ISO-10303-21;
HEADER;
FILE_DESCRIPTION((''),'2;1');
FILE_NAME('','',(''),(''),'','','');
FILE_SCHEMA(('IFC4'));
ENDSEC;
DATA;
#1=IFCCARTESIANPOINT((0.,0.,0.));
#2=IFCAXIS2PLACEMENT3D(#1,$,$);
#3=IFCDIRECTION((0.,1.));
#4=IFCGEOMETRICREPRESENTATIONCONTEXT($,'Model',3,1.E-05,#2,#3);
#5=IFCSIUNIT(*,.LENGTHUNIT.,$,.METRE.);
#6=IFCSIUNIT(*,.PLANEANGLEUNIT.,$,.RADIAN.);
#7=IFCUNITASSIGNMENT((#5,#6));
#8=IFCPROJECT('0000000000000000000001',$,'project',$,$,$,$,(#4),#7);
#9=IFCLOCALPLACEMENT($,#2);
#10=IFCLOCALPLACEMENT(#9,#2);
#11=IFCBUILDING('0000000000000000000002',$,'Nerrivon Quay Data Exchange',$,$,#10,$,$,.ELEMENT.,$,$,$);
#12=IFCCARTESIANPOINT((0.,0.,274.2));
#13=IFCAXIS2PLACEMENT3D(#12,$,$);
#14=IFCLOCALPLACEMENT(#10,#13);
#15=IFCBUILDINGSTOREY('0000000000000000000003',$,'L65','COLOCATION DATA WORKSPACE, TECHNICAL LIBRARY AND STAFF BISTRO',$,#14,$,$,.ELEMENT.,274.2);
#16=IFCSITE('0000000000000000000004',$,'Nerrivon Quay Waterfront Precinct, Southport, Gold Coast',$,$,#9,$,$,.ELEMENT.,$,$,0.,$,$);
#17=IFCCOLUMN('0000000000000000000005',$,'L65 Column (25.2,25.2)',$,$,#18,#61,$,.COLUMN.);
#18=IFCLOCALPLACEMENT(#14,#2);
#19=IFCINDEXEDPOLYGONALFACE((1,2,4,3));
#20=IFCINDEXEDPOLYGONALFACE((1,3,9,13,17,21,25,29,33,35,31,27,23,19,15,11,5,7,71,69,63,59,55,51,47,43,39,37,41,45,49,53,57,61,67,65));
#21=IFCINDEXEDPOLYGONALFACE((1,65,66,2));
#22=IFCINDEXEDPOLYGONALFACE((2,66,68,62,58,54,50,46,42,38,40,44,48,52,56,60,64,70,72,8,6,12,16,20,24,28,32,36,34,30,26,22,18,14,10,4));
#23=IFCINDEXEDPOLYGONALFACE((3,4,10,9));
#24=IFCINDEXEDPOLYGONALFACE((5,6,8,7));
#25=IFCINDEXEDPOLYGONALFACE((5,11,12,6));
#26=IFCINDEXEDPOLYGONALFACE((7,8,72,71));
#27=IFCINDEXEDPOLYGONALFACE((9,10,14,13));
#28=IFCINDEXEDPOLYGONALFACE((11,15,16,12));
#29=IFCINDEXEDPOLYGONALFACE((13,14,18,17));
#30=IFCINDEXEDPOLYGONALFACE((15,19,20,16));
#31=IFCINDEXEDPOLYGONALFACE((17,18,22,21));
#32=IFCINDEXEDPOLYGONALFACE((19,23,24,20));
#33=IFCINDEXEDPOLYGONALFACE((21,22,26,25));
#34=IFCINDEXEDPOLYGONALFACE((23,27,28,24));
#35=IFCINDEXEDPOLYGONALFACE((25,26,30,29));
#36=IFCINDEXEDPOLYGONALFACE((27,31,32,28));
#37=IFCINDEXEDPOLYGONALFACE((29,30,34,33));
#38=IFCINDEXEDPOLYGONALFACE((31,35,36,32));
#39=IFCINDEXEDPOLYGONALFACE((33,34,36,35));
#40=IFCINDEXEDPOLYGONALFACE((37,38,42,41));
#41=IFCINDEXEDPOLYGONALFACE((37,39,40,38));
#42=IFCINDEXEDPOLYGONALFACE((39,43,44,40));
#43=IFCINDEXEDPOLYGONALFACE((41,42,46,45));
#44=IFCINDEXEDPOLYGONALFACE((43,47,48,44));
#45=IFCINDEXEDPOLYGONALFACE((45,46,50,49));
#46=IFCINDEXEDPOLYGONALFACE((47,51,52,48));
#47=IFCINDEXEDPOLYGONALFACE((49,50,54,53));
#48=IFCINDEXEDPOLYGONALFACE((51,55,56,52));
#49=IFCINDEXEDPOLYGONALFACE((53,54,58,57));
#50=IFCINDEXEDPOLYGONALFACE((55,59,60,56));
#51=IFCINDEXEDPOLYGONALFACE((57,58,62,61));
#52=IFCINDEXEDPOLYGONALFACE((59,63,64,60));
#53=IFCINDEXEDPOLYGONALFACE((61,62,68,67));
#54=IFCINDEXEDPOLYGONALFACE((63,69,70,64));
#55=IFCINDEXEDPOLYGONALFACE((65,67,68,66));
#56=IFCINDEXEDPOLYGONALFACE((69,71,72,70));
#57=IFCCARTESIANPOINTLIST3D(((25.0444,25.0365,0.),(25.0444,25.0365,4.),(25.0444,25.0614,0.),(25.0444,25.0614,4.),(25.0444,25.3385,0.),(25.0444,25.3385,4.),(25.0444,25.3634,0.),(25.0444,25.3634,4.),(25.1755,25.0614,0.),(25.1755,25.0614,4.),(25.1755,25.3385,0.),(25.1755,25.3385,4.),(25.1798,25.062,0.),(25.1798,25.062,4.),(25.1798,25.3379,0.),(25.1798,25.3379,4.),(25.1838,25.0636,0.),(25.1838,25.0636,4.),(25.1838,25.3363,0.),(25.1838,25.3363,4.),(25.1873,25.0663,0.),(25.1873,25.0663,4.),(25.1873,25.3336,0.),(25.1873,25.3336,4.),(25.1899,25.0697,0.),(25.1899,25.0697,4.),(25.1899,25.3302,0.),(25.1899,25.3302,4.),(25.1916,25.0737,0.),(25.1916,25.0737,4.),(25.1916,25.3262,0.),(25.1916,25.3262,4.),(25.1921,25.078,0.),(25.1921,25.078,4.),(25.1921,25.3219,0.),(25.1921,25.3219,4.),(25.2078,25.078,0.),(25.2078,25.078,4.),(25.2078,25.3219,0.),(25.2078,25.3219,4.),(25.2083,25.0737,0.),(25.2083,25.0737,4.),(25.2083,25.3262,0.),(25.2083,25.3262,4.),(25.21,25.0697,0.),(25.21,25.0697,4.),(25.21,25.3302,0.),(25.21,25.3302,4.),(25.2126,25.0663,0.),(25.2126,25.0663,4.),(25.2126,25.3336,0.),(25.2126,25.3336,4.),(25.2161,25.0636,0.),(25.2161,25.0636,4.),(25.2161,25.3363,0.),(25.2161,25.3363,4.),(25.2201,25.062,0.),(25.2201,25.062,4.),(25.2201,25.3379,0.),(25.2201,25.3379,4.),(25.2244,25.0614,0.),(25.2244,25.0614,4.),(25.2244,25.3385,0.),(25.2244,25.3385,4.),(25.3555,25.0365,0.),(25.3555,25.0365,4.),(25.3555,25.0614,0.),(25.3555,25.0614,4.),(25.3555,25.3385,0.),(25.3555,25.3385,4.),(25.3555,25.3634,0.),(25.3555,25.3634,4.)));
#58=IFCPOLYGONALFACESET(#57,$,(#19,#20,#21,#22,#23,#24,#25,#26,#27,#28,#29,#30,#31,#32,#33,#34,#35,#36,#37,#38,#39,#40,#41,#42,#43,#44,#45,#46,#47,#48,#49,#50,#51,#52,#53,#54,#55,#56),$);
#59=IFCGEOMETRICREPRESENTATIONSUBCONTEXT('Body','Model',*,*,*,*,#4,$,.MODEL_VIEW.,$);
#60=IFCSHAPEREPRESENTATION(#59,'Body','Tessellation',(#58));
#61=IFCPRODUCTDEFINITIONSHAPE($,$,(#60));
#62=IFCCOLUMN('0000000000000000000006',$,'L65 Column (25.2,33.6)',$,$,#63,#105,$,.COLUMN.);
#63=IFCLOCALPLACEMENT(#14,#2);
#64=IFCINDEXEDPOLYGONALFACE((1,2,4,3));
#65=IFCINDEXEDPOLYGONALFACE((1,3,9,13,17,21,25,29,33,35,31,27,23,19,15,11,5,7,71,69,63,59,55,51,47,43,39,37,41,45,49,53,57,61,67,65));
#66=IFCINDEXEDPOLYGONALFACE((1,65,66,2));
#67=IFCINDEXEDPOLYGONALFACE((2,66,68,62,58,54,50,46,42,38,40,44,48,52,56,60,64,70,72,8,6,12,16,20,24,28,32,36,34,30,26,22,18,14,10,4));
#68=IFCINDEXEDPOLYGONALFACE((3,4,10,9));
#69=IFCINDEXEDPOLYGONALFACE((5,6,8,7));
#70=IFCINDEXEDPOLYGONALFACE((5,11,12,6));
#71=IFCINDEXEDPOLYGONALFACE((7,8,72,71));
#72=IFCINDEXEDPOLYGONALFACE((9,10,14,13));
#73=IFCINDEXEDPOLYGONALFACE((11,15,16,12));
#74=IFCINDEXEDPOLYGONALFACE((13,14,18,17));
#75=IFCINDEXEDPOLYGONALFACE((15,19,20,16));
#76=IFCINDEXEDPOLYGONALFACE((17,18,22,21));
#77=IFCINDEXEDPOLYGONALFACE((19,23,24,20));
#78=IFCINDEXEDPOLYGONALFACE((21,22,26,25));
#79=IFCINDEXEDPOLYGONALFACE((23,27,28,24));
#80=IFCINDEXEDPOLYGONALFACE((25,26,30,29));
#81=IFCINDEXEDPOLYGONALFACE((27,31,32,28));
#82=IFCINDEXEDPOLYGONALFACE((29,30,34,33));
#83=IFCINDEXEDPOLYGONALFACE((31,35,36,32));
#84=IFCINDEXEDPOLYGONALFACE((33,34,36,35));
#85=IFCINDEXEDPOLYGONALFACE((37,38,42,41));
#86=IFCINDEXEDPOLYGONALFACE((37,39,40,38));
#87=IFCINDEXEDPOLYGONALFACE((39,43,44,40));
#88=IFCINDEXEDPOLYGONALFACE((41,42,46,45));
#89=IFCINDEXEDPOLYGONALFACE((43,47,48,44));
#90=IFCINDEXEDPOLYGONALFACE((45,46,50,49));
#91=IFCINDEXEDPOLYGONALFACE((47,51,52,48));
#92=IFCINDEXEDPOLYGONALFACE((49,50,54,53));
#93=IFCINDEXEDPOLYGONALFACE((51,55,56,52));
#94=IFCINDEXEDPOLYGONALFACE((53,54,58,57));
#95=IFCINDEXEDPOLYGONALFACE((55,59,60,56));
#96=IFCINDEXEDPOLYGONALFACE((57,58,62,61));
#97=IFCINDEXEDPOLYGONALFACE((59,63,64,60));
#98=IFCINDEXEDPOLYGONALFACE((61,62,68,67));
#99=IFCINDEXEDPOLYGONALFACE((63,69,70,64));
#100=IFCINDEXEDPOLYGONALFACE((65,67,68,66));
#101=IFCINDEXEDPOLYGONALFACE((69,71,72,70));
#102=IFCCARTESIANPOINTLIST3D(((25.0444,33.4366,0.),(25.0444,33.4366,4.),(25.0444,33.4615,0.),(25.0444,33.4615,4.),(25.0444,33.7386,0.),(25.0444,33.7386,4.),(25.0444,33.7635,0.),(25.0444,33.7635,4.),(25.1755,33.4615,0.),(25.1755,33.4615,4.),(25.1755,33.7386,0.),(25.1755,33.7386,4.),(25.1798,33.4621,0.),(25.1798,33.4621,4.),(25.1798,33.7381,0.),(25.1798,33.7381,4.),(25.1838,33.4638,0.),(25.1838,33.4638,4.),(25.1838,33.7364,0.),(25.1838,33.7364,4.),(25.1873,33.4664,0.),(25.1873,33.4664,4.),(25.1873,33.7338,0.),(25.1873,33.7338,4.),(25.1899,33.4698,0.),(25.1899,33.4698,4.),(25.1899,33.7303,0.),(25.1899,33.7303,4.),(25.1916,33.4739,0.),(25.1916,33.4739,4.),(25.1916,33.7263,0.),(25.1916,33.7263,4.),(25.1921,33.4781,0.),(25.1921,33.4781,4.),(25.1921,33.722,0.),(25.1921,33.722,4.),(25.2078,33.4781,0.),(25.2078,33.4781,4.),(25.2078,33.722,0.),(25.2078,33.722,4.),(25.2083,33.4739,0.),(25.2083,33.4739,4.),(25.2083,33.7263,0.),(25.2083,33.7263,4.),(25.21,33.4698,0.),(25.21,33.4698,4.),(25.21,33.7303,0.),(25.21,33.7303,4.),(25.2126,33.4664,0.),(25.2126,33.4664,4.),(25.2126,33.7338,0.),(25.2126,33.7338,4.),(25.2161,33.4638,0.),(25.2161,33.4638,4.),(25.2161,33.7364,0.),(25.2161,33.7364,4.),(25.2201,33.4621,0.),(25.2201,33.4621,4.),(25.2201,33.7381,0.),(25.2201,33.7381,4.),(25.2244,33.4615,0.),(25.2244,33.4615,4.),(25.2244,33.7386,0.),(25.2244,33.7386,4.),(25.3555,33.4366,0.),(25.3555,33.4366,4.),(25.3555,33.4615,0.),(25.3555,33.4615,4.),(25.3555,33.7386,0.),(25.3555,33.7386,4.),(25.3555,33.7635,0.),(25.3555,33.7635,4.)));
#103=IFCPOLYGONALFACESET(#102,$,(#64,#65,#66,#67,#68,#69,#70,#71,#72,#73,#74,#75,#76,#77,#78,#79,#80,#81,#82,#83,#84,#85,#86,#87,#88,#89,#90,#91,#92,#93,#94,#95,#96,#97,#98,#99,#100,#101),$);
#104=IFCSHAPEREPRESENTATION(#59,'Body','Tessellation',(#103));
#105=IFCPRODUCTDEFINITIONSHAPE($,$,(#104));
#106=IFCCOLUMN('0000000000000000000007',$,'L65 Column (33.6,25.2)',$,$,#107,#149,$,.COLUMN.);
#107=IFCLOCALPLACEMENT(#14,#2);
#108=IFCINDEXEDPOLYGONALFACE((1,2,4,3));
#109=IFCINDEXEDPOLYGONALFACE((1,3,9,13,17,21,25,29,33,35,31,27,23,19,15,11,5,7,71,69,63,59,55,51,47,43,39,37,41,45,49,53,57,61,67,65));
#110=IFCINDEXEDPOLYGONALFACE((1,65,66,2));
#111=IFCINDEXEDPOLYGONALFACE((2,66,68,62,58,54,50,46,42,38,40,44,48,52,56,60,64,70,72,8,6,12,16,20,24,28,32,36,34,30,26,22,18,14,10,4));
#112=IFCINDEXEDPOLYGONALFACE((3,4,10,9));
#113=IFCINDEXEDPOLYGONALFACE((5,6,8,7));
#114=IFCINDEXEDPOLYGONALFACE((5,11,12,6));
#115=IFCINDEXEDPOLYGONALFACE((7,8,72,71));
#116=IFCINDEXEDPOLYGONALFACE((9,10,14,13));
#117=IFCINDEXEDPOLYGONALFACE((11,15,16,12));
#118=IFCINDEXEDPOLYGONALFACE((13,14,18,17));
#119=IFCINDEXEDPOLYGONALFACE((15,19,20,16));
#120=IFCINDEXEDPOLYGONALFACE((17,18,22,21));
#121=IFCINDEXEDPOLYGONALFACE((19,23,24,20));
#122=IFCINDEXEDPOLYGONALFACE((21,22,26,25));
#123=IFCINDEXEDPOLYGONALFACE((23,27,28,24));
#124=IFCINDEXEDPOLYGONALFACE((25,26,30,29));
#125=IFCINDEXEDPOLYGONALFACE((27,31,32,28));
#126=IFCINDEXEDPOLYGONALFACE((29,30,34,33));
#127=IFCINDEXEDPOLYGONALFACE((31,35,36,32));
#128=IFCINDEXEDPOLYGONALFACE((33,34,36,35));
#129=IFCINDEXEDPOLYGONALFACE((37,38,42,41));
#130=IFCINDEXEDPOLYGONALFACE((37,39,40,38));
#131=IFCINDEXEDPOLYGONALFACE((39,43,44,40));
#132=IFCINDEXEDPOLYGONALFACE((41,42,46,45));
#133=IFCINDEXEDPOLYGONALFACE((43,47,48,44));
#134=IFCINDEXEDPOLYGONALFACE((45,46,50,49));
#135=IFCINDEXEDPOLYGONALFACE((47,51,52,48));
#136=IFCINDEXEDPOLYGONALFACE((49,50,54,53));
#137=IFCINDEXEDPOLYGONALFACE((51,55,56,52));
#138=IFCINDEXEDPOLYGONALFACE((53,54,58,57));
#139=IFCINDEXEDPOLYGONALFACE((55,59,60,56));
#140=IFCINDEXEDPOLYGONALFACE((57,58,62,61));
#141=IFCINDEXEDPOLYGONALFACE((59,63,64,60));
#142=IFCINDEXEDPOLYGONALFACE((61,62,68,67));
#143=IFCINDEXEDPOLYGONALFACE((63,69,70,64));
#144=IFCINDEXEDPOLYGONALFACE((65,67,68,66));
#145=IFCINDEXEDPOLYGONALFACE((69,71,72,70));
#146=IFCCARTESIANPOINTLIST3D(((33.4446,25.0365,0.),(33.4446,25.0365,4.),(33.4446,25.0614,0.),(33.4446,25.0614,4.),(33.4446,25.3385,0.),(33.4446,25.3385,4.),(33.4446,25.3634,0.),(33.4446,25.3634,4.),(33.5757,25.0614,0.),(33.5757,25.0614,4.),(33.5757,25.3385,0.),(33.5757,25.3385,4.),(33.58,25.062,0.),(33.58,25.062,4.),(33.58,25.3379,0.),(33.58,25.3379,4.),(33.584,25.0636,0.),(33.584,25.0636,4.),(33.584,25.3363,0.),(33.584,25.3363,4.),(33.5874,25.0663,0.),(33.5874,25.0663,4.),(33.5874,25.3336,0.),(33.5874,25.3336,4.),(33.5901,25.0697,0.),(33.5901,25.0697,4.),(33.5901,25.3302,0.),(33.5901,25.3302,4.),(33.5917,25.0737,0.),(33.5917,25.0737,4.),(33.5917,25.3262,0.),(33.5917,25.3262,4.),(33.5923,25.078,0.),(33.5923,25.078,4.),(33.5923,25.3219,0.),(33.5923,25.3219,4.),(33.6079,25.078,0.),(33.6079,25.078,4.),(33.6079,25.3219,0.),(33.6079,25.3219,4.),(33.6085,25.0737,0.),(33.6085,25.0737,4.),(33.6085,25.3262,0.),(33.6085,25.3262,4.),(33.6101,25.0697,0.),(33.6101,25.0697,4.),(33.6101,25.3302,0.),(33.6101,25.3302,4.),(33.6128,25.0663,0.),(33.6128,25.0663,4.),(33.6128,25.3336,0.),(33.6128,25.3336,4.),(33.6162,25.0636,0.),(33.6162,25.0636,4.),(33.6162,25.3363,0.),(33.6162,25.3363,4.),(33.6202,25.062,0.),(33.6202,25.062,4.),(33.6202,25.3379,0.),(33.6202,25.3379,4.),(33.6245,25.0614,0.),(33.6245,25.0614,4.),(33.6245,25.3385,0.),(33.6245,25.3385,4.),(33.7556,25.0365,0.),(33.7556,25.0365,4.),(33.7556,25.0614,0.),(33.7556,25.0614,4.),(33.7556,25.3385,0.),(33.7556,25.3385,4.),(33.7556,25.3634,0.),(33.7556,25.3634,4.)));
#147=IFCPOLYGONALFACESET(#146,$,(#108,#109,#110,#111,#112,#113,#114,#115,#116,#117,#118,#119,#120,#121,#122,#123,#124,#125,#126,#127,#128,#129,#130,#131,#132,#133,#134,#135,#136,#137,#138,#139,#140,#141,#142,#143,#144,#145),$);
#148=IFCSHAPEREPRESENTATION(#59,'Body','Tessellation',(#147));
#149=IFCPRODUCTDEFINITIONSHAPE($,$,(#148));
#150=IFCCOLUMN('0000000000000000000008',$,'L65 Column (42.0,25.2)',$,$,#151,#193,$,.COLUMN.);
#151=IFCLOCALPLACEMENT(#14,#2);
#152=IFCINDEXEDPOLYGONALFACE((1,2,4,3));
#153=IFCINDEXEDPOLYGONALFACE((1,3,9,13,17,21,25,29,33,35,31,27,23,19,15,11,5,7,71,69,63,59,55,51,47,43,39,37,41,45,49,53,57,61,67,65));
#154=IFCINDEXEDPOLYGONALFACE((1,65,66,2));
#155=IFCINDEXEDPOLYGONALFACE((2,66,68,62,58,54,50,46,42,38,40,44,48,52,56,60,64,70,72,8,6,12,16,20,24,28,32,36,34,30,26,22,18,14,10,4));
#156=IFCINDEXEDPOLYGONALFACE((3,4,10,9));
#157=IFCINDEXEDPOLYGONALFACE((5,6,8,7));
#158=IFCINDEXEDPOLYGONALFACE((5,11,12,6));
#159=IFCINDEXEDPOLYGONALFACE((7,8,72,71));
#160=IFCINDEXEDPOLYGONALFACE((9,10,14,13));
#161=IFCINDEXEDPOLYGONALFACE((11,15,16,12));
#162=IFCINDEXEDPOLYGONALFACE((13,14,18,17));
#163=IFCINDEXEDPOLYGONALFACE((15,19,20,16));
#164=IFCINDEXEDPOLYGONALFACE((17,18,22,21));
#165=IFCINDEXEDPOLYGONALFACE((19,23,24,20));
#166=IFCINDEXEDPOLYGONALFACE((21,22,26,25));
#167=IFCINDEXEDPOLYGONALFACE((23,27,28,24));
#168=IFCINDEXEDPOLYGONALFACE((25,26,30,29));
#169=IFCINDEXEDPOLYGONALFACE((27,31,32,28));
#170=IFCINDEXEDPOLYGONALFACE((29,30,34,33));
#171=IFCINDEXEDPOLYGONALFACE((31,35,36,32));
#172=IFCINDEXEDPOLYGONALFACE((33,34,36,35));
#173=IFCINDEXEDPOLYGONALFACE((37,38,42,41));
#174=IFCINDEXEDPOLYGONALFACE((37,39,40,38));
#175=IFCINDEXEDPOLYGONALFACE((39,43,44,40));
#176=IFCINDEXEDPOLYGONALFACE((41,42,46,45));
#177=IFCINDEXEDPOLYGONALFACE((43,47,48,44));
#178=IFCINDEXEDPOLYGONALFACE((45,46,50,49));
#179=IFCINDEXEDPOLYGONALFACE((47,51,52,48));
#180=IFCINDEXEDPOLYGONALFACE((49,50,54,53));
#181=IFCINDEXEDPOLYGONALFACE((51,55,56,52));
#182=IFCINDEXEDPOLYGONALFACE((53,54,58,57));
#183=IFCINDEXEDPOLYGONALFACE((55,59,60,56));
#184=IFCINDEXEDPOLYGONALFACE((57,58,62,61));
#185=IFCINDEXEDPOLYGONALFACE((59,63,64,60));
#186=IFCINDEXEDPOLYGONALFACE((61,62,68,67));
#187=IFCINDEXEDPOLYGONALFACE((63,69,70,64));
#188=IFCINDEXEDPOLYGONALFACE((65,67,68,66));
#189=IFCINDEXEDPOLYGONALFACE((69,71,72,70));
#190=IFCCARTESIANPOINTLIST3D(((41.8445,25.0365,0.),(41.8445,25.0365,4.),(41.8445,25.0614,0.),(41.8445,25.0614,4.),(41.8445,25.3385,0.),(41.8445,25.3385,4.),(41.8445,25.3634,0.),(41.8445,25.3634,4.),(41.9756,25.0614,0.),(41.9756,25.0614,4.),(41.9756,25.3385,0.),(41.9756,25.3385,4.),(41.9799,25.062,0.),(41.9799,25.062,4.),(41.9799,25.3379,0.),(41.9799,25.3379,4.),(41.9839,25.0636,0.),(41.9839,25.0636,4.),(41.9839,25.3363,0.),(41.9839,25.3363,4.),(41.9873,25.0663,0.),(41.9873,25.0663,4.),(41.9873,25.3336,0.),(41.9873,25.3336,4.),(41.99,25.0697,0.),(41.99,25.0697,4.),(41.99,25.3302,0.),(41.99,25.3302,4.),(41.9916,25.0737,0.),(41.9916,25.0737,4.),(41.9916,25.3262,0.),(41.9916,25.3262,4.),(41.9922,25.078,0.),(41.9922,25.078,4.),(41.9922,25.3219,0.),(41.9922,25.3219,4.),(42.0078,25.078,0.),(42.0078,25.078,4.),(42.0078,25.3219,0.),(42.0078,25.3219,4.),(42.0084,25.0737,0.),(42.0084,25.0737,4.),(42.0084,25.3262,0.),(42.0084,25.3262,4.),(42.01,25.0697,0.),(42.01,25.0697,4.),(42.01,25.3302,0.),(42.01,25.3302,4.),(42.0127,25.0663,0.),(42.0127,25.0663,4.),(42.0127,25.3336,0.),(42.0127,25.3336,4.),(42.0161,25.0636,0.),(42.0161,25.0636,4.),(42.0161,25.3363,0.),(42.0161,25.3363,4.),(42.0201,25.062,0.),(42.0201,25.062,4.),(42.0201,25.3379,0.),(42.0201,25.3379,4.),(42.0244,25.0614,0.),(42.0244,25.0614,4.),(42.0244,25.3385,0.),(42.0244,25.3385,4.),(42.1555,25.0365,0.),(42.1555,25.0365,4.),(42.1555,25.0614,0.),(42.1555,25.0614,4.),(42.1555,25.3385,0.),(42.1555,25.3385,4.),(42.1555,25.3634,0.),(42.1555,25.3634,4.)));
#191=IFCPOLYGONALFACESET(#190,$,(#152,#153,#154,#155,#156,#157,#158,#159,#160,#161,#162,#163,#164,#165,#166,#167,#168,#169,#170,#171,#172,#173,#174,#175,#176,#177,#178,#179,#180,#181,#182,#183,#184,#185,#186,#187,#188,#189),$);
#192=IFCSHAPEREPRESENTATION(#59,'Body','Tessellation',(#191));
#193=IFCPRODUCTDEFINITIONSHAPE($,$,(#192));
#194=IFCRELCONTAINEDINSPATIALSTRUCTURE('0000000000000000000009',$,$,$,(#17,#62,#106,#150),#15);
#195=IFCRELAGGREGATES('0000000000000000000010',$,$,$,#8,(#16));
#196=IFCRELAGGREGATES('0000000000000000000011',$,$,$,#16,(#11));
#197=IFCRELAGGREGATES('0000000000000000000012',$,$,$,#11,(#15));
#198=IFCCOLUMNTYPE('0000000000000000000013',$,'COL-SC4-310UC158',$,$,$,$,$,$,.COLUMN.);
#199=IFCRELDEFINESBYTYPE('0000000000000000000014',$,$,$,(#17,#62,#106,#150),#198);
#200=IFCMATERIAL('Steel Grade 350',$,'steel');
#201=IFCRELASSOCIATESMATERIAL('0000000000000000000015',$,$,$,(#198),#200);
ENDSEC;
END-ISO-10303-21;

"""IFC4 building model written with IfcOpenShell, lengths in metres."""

from ifc_helpers import new_model, si_unit, direction, frame, origin, origin_2d, place, context, subcontext, project, spatial, i_section, extrude, material, material_profile, profile_set, type_object, element, save


model = new_model("IFC4")

# Units and contexts
model_context = context("Model", 3, precision=1e-05, world=origin(), true_north=direction((0.0, 1.0)))
body_context = subcontext(model_context, "Body", "Model", "MODEL_VIEW")
ifc_project = project(units=[si_unit("LENGTHUNIT", "METRE"), si_unit("PLANEANGLEUNIT", "RADIAN")], contexts=[model_context])

# Site, building, storey
site_placement = place(None, origin())
site = spatial("IfcSite", under=ifc_project, at=site_placement, Name="Nerrivon Quay Waterfront Precinct, Southport, Gold Coast", CompositionType="ELEMENT", RefElevation=0.0)
building_placement = place(site_placement, origin())
building = spatial("IfcBuilding", under=site, at=building_placement, Name="Nerrivon Quay Data Exchange", CompositionType="ELEMENT")
storey_placement = place(building_placement, frame((0.0, 0.0, 274.2)))
storey = spatial("IfcBuildingStorey", under=building, at=storey_placement, Name="L65", Description="COLOCATION DATA WORKSPACE, TECHNICAL LIBRARY AND STAFF BISTRO", CompositionType="ELEMENT", Elevation=274.2)

# Columns
ifc_material_1 = material(Name="Steel Grade 350", Category="steel")
ifc_material_profile_1 = material_profile(ifc_material_1, i_section(OverallWidth=0.311, OverallDepth=0.3269, WebThickness=0.0156, FlangeThickness=0.0249, FilletRadius=0.0166, at=origin_2d()), Name="310UC158")
ifc_profile_set_1 = profile_set([ifc_material_profile_1], Name="Steel Grade 350")
column_type = type_object("IfcColumnType", Name="COL-SC4-310UC158", PredefinedType="COLUMN", material=ifc_profile_set_1)
for number, where, z_axis, x_axis, name in (
    (1, (25.2, 25.2, 0.0), (0.0, 0.0, 1.0), (1.0, 0.0, 0.0), "L65 Column (25.2,25.2)"),
    (2, (25.2, 33.6001, 0.0), (0.0, 0.0, 1.0), (1.0, 0.0, 0.0), "L65 Column (25.2,33.6)"),
    (3, (33.6001, 25.2, 0.0), (0.0, 0.0, 1.0), (1.0, 0.0, 0.0), "L65 Column (33.6,25.2)"),
    (4, (42.0, 25.2, 0.0), (0.0, 0.0, 1.0), (1.0, 0.0, 0.0), "L65 Column (42.0,25.2)"),
):
    element("IfcColumn", number, at=place(storey_placement, frame(where, z_axis=z_axis, x_axis=x_axis)), inside=storey, type_object=column_type, Name=name, PredefinedType="COLUMN", context=body_context, shape_type="SweptSolid", body=[
        extrude(i_section(OverallWidth=0.311, OverallDepth=0.3269, WebThickness=0.0156, FlangeThickness=0.0249, FilletRadius=0.0166, at=origin_2d()), origin(), (0.0, 0.0, 1.0), 4.0),
    ])

save(model, "model.ifc")
